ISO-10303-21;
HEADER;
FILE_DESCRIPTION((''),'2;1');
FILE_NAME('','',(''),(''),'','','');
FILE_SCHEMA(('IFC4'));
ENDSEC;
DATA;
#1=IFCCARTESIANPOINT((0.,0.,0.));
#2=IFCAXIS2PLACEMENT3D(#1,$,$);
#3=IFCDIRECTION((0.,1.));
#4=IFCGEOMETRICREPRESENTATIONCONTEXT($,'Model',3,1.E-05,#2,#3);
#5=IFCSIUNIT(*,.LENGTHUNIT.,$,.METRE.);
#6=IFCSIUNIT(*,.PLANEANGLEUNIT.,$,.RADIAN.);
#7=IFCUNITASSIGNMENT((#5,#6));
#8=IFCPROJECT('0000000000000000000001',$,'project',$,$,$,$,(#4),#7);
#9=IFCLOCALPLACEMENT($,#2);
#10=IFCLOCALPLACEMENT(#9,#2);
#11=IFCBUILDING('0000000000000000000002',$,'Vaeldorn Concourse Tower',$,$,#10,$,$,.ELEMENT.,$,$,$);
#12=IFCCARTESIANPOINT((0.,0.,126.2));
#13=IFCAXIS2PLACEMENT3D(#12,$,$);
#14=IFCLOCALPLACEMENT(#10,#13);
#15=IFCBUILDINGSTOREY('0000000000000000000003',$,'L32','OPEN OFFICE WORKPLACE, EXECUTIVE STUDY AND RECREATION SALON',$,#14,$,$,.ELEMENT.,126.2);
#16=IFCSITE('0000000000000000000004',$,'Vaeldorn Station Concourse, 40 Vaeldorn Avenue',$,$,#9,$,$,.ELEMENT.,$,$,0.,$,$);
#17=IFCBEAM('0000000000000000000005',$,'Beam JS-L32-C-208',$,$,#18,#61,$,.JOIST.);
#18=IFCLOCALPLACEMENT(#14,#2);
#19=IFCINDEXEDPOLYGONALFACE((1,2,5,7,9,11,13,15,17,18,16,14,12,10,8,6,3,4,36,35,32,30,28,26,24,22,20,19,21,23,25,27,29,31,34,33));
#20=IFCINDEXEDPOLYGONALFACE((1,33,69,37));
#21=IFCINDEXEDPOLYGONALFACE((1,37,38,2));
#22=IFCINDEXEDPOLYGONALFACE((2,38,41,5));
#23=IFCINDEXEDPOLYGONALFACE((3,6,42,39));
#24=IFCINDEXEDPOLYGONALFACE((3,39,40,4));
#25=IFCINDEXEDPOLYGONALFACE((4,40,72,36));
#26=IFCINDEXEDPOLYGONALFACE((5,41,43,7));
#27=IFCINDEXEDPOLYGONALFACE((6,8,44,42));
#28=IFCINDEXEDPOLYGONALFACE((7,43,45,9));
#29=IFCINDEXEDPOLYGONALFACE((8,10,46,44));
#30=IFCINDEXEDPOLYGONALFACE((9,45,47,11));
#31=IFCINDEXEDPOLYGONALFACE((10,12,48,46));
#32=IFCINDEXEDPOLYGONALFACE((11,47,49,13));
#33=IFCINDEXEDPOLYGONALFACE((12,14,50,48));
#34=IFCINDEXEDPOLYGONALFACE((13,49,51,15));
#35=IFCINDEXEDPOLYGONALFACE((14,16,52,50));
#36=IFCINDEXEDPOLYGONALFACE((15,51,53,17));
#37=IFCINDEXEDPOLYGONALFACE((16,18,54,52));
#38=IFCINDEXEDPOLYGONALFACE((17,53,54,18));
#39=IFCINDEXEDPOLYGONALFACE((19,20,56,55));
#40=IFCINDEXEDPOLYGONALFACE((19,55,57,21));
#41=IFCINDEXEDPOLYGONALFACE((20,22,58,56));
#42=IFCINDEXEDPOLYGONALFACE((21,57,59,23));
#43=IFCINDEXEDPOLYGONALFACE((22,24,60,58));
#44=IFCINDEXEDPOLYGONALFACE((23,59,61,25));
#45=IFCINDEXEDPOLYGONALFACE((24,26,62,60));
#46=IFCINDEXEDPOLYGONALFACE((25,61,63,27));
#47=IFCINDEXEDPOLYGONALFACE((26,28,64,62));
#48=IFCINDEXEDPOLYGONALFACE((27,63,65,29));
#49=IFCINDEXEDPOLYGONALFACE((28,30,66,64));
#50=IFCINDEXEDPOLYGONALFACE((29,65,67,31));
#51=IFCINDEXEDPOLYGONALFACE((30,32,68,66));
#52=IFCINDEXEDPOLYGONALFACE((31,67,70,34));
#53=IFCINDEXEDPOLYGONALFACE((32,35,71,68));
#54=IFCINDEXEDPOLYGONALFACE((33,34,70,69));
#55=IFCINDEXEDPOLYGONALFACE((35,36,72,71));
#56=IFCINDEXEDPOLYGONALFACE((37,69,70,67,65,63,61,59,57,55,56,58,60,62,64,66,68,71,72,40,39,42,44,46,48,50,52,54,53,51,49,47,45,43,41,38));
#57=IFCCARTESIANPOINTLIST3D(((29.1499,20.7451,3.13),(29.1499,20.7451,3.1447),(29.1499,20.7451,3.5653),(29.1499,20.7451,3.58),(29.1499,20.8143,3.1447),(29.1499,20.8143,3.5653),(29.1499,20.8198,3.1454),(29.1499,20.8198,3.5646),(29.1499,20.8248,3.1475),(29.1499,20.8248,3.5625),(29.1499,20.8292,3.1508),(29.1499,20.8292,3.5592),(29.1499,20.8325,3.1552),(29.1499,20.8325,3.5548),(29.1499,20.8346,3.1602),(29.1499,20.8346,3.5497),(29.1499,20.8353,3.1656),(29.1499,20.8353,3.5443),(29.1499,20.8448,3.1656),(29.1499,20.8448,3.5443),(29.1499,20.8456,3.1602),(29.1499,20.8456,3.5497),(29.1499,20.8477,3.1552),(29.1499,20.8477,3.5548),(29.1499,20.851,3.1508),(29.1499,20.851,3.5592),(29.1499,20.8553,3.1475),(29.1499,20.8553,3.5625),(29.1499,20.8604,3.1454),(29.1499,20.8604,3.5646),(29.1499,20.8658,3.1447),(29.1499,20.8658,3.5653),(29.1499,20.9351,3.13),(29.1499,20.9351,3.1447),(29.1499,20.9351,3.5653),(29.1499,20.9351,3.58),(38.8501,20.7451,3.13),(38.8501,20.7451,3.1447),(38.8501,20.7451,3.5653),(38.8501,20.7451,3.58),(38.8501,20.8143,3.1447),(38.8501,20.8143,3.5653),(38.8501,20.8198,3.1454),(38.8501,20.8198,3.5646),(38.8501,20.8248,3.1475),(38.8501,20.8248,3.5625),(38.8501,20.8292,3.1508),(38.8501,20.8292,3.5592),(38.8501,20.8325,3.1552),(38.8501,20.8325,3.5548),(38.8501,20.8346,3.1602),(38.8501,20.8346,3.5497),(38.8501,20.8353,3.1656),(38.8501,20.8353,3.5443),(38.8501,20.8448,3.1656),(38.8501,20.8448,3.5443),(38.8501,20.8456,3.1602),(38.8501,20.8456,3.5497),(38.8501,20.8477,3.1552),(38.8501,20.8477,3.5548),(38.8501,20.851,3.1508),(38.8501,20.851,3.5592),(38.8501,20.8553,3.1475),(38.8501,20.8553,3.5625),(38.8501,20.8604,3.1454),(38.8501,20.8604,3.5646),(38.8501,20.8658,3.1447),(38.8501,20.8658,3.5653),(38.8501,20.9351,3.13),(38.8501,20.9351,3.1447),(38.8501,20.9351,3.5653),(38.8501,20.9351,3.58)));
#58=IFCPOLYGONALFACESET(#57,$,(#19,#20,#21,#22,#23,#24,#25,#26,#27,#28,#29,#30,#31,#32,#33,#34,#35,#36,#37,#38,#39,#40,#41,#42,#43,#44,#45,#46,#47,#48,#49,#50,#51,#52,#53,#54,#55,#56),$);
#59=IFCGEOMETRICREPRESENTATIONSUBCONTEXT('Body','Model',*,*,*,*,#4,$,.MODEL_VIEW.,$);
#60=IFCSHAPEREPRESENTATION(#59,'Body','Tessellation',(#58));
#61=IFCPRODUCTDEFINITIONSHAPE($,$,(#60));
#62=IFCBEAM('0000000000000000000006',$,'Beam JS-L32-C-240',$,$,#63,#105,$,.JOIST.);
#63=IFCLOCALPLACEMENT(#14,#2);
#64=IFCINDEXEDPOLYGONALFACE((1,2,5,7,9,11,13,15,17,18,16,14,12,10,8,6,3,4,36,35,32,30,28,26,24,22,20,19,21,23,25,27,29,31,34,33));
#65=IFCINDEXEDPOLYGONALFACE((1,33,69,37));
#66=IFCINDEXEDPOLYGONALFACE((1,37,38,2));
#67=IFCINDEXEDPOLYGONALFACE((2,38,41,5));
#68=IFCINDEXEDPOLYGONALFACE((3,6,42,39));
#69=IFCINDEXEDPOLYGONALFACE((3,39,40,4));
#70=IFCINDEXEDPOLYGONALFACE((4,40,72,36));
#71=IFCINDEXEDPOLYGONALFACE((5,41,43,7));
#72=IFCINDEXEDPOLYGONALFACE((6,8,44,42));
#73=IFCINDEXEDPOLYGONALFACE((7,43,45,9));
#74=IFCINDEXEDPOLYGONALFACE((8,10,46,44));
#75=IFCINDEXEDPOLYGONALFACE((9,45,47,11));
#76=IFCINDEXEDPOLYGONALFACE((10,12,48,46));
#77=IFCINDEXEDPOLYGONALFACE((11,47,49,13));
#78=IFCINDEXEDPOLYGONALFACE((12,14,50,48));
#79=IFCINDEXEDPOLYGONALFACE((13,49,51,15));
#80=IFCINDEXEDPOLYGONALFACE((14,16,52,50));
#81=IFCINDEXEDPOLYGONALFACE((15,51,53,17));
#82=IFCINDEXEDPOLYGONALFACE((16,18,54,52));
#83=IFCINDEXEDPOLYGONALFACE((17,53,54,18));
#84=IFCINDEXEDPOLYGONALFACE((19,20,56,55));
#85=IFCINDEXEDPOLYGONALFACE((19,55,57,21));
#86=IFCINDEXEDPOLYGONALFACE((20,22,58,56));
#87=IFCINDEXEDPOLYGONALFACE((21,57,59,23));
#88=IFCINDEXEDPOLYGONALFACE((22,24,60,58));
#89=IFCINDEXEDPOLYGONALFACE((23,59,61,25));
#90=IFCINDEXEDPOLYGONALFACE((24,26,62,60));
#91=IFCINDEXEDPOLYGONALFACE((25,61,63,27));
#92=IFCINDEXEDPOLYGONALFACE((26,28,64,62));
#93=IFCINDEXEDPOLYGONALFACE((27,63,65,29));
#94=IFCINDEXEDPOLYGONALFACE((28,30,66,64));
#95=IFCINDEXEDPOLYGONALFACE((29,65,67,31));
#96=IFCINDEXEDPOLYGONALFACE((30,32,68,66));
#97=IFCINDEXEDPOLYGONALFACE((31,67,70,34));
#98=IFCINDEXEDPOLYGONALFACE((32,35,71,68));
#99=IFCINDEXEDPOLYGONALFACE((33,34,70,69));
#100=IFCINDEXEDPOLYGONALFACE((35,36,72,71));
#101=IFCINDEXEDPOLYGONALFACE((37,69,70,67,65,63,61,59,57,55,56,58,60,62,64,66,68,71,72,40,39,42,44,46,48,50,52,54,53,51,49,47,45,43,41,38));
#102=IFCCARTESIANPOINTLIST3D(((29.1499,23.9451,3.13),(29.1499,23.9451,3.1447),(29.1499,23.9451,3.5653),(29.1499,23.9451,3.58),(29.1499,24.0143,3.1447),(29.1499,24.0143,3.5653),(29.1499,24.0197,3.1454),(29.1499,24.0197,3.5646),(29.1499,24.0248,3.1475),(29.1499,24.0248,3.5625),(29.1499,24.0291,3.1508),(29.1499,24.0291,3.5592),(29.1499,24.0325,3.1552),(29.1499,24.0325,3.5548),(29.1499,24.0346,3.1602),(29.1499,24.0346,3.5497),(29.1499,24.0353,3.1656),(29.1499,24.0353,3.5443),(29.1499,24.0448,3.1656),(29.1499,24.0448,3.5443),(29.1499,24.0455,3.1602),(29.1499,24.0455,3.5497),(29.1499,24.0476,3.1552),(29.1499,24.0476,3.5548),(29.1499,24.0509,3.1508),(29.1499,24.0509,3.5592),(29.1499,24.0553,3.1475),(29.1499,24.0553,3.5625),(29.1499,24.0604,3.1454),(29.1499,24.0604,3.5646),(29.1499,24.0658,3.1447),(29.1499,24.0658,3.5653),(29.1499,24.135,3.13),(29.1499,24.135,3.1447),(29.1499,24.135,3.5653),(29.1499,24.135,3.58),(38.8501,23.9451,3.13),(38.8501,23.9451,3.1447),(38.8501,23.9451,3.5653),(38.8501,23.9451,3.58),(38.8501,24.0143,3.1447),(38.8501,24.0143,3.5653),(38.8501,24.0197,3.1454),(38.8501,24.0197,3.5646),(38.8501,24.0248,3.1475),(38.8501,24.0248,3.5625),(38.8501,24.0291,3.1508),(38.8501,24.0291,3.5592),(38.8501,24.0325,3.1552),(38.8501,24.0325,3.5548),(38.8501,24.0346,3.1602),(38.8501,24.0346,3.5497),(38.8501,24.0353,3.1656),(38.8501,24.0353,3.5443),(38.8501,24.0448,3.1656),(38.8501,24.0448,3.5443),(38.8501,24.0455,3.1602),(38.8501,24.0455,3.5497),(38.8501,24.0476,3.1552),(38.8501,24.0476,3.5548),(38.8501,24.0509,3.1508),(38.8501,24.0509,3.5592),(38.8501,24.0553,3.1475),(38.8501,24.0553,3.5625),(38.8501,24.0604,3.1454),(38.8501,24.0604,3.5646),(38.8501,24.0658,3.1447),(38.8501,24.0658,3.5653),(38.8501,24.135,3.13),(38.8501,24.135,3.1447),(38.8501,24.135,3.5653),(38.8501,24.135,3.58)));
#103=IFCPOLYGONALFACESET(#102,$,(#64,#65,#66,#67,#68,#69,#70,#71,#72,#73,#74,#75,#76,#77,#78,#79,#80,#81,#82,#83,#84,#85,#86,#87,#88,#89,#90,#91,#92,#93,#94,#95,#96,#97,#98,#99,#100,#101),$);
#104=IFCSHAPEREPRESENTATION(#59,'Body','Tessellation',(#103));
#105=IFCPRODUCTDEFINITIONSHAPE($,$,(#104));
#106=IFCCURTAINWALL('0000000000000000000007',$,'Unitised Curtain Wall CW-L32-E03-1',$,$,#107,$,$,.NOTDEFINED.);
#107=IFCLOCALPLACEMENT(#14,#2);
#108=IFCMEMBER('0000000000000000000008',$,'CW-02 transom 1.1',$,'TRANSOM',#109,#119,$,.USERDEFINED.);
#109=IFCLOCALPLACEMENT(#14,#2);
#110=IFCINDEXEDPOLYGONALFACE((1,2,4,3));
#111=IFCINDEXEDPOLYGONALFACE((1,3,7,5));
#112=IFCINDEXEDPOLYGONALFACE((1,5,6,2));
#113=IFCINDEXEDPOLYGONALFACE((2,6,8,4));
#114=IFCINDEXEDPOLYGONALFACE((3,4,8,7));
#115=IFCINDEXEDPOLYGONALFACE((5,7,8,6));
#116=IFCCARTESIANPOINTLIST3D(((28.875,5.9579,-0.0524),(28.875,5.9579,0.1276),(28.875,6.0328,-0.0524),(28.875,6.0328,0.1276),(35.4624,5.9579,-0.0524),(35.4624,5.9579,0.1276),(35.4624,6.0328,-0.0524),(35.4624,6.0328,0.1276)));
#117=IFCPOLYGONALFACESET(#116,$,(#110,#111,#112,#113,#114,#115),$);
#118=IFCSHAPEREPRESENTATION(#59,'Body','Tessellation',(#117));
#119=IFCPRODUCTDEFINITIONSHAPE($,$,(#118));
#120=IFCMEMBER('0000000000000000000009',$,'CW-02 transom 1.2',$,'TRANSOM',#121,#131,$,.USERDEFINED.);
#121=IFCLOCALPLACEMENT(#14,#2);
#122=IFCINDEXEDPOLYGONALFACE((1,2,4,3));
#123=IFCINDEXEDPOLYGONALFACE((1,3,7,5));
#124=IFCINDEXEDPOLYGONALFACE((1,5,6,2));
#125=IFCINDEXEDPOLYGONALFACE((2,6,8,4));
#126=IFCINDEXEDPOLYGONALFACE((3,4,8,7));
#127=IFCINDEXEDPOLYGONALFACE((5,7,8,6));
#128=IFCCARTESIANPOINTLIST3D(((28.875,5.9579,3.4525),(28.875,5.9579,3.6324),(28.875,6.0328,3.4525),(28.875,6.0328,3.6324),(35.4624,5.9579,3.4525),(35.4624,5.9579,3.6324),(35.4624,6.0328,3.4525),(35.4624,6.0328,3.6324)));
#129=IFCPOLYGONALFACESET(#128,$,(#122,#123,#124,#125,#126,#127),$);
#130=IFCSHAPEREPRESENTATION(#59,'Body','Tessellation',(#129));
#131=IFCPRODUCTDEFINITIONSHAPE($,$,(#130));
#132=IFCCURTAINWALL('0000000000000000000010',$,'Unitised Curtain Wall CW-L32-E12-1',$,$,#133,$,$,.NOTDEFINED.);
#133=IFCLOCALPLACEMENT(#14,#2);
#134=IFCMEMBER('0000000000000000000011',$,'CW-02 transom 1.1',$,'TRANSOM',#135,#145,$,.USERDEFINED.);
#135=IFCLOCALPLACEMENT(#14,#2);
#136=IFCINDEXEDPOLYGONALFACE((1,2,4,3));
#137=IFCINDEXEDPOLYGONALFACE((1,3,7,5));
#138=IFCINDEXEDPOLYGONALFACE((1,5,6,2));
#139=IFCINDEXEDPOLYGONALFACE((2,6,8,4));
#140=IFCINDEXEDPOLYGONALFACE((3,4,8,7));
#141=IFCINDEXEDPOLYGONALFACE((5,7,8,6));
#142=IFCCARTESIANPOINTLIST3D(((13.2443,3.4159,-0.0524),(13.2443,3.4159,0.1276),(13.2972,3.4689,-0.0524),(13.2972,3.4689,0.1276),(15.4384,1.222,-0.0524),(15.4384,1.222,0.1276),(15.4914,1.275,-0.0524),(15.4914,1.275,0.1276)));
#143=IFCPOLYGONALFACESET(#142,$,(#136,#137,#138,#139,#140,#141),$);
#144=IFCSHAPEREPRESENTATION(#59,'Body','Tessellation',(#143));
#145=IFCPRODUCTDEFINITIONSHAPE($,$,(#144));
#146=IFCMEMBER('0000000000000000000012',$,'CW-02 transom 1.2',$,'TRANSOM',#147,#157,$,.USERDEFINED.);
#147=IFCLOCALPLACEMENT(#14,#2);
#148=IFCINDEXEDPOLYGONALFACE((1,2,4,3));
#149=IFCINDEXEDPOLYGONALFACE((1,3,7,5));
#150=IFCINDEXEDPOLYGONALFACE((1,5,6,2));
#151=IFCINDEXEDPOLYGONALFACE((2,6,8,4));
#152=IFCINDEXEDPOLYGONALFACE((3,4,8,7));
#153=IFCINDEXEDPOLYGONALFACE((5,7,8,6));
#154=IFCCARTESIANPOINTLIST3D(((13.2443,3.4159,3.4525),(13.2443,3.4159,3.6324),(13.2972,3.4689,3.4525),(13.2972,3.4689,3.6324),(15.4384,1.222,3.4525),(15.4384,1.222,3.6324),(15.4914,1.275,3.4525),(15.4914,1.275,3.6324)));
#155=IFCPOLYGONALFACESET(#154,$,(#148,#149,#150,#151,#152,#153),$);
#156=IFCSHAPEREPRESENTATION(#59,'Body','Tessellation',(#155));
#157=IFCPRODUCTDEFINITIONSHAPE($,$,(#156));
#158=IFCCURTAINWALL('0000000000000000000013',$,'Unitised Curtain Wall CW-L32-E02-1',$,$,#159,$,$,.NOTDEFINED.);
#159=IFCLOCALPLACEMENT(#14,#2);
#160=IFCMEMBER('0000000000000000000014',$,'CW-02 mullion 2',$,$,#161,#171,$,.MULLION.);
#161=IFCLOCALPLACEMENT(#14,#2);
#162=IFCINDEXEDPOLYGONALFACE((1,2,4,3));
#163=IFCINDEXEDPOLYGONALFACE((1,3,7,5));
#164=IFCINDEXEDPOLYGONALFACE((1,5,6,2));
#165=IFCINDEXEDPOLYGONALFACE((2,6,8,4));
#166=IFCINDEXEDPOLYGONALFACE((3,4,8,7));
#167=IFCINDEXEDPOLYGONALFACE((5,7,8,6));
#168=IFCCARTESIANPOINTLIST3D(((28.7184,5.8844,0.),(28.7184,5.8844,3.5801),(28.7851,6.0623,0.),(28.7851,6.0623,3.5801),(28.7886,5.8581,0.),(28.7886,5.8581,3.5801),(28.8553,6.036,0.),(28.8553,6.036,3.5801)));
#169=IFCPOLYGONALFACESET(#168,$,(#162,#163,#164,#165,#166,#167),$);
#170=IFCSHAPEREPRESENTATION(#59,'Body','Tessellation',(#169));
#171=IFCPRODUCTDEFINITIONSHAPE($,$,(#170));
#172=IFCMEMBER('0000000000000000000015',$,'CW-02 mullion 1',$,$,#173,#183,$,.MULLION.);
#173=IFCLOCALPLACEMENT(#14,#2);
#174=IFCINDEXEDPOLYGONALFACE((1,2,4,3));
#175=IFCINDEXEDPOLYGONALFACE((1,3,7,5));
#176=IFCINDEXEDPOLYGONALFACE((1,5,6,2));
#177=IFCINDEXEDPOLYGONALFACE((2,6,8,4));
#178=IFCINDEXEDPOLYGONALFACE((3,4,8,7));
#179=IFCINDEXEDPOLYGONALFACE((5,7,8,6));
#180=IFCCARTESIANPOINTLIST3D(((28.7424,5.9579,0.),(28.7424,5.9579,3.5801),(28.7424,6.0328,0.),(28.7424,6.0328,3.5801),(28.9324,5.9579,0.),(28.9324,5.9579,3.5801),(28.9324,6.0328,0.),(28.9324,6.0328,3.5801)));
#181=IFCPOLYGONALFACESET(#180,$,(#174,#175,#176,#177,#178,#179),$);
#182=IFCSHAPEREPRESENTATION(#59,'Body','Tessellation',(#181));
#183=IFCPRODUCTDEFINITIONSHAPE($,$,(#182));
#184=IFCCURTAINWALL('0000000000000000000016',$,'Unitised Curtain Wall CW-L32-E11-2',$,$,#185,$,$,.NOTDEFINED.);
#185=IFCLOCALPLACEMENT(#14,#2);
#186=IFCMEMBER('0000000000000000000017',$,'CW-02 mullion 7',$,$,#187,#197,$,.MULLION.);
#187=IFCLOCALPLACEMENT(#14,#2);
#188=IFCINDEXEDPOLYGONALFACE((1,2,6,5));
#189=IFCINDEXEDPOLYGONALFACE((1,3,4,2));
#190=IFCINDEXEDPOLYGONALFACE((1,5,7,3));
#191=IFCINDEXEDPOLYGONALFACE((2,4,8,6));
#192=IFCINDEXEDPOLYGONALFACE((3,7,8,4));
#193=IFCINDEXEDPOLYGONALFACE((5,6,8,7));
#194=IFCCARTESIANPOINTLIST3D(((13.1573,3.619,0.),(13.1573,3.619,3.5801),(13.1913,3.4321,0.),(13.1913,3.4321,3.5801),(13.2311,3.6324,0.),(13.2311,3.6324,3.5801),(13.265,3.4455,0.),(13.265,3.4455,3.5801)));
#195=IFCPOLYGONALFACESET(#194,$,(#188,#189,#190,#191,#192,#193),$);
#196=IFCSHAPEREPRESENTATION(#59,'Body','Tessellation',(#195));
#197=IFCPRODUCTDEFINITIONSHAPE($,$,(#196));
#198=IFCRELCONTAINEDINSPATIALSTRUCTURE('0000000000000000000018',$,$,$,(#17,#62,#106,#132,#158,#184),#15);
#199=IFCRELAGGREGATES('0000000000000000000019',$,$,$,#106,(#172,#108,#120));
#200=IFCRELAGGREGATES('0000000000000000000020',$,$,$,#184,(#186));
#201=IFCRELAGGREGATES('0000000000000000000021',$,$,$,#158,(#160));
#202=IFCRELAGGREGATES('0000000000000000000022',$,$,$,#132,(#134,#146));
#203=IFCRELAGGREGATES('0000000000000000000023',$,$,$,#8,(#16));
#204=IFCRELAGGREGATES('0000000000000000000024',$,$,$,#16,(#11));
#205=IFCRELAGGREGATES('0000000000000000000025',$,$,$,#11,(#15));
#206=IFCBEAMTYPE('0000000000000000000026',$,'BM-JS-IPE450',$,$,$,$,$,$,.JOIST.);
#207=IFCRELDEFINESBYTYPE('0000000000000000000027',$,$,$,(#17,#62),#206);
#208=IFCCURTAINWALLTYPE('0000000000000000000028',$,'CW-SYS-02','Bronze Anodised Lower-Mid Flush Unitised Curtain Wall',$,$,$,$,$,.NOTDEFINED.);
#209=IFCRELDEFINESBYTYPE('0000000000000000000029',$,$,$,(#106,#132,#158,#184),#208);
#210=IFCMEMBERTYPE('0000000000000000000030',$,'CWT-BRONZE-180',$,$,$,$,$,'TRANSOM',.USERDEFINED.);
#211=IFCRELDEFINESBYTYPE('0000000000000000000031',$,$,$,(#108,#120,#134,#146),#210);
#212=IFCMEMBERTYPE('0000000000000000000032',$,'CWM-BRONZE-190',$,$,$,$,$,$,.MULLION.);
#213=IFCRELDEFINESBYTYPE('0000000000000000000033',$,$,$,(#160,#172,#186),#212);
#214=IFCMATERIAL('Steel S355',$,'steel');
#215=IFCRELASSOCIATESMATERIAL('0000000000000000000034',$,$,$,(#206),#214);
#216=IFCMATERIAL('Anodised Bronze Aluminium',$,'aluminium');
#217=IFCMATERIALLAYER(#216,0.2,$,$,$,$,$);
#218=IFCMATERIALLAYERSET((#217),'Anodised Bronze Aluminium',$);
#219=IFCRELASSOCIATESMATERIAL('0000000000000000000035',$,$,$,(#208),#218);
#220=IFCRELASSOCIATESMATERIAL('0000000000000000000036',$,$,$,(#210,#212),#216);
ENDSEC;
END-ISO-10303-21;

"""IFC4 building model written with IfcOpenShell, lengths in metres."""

from ifc_helpers import new_model, si_unit, direction, frame, origin, origin_2d, place, context, subcontext, project, spatial, rectangle, i_section, extrude, source, transform, mapped, material, layer, layer_set, material_profile, profile_set, type_object, element, aggregate, save


model = new_model("IFC4")

# Units and contexts
model_context = context("Model", 3, precision=1e-05, world=origin(), true_north=direction((0.0, 1.0)))
body_context = subcontext(model_context, "Body", "Model", "MODEL_VIEW")
ifc_project = project(units=[si_unit("LENGTHUNIT", "METRE"), si_unit("PLANEANGLEUNIT", "RADIAN")], contexts=[model_context])

# Site, building, storey
site_placement = place(None, origin())
site = spatial("IfcSite", under=ifc_project, at=site_placement, Name="Vaeldorn Station Concourse, 40 Vaeldorn Avenue", CompositionType="ELEMENT", RefElevation=0.0)
building_placement = place(site_placement, origin())
building = spatial("IfcBuilding", under=site, at=building_placement, Name="Vaeldorn Concourse Tower", CompositionType="ELEMENT")
storey_placement = place(building_placement, frame((0.0, 0.0, 126.2)))
storey = spatial("IfcBuildingStorey", under=building, at=storey_placement, Name="L32", Description="OPEN OFFICE WORKPLACE, EXECUTIVE STUDY AND RECREATION SALON", CompositionType="ELEMENT", Elevation=126.2)

# Beams
ifc_material_1 = material(Name="Steel S355", Category="steel")
ifc_material_profile_1 = material_profile(ifc_material_1, i_section(OverallWidth=0.1899, OverallDepth=0.45, WebThickness=0.0095, FlangeThickness=0.0146, FilletRadius=0.021, at=origin_2d()), Name="IPE 450")
ifc_profile_set_1 = profile_set([ifc_material_profile_1], Name="Steel S355")
beam_type_1 = type_object("IfcBeamType", Name="BM-JS-IPE450", PredefinedType="JOIST", material=ifc_profile_set_1)
shared_shape_1 = source(origin(), body_context, "Body", "SweptSolid", [
    extrude(i_section(OverallWidth=0.1899, OverallDepth=0.45, WebThickness=0.0095, FlangeThickness=0.0146, FilletRadius=0.021, at=origin_2d()), origin(), (0.0, 0.0, 1.0), 9.7002),
])
for number, where, z_axis, x_axis, name in (
    (1, (29.1499, 20.8401, 3.355), (1.0, 0.0, 0.0), (0.0, 1.0, 0.0), "Beam JS-L32-C-208"),
    (2, (29.1499, 24.04, 3.355), (1.0, 0.0, 0.0), (0.0, 1.0, 0.0), "Beam JS-L32-C-240"),
):
    element("IfcBeam", number, at=place(storey_placement, frame(where, z_axis=z_axis, x_axis=x_axis)), inside=storey, type_object=beam_type_1, Name=name, PredefinedType="JOIST", context=body_context, shape_type="MappedRepresentation", body=[
        mapped(shared_shape_1, transform((0.0, 0.0, 0.0), scale=1.0)),
    ])

# Curtain walls, members
ifc_material_2 = material(Name="Anodised Bronze Aluminium", Category="aluminium")
ifc_layer_1 = layer(ifc_material_2, 0.2)
ifc_layer_set_1 = layer_set([ifc_layer_1], Name="Anodised Bronze Aluminium")
curtain_wall_type = type_object("IfcCurtainWallType", Name="CW-SYS-02", Description="Bronze Anodised Lower-Mid Flush Unitised Curtain Wall", PredefinedType="NOTDEFINED", material=ifc_layer_set_1)
curtain_wall_1_placement = place(storey_placement, origin())
curtain_wall_1 = element("IfcCurtainWall", 3, at=curtain_wall_1_placement, inside=storey, type_object=curtain_wall_type, Name="Unitised Curtain Wall CW-L32-E03-1", PredefinedType="NOTDEFINED")
ifc_material_profile_2 = material_profile(ifc_material_2, rectangle(XDim=0.075, YDim=0.1799, at=origin_2d()), Name="CWT 75x180")
ifc_profile_set_2 = profile_set([ifc_material_profile_2], Name="Anodised Bronze Aluminium")
member_type_1 = type_object("IfcMemberType", Name="CWT-BRONZE-180", ElementType="TRANSOM", PredefinedType="USERDEFINED", material=ifc_profile_set_2)
shared_shape_2 = source(origin(), body_context, "Body", "SweptSolid", [
    extrude(rectangle(XDim=0.075, YDim=0.1799, at=origin_2d()), origin(), (0.0, 0.0, 1.0), 6.5874),
])
member_1_placement = place(storey_placement, frame((28.875, 5.9954, 0.0376), z_axis=(1.0, 0.0, 0.0), x_axis=(0.0, 1.0, 0.0)))
member_1 = element("IfcMember", 4, at=member_1_placement, type_object=member_type_1, Name="CW-02 transom 1.1", ObjectType="TRANSOM", PredefinedType="USERDEFINED", context=body_context, shape_type="MappedRepresentation", body=[
    mapped(shared_shape_2, transform((0.0, 0.0, 0.0), scale=1.0)),
])
member_2_placement = place(storey_placement, frame((28.875, 5.9954, 3.5425), z_axis=(1.0, 0.0, 0.0), x_axis=(0.0, 1.0, 0.0)))
member_2 = element("IfcMember", 5, at=member_2_placement, type_object=member_type_1, Name="CW-02 transom 1.2", ObjectType="TRANSOM", PredefinedType="USERDEFINED", context=body_context, shape_type="MappedRepresentation", body=[
    mapped(shared_shape_2, transform((0.0, 0.0, 0.0), scale=1.0)),
])
curtain_wall_2_placement = place(storey_placement, origin())
curtain_wall_2 = element("IfcCurtainWall", 6, at=curtain_wall_2_placement, inside=storey, type_object=curtain_wall_type, Name="Unitised Curtain Wall CW-L32-E12-1", PredefinedType="NOTDEFINED")
shared_shape_3 = source(origin(), body_context, "Body", "SweptSolid", [
    extrude(rectangle(XDim=0.075, YDim=0.1799, at=origin_2d()), origin(), (0.0, 0.0, 1.0), 3.1028),
])
member_3_placement = place(storey_placement, frame((13.2708, 3.4424, 0.0376), z_axis=(0.707146, -0.707067, 0.0), x_axis=(0.707067, 0.707146, 0.0)))
member_3 = element("IfcMember", 7, at=member_3_placement, type_object=member_type_1, Name="CW-02 transom 1.1", ObjectType="TRANSOM", PredefinedType="USERDEFINED", context=body_context, shape_type="MappedRepresentation", body=[
    mapped(shared_shape_3, transform((0.0, 0.0, 0.0), scale=1.0)),
])
member_4_placement = place(storey_placement, frame((13.2708, 3.4424, 3.5425), z_axis=(0.707146, -0.707067, 0.0), x_axis=(0.707067, 0.707146, 0.0)))
member_4 = element("IfcMember", 8, at=member_4_placement, type_object=member_type_1, Name="CW-02 transom 1.2", ObjectType="TRANSOM", PredefinedType="USERDEFINED", context=body_context, shape_type="MappedRepresentation", body=[
    mapped(shared_shape_3, transform((0.0, 0.0, 0.0), scale=1.0)),
])

# Curtain wall, member
curtain_wall_3_placement = place(storey_placement, origin())
curtain_wall_3 = element("IfcCurtainWall", 9, at=curtain_wall_3_placement, inside=storey, type_object=curtain_wall_type, Name="Unitised Curtain Wall CW-L32-E02-1", PredefinedType="NOTDEFINED")
ifc_material_profile_3 = material_profile(ifc_material_2, rectangle(XDim=0.075, YDim=0.1899, at=origin_2d()), Name="CWM 75x190")
ifc_profile_set_3 = profile_set([ifc_material_profile_3], Name="Anodised Bronze Aluminium")
member_type_2 = type_object("IfcMemberType", Name="CWM-BRONZE-190", PredefinedType="MULLION", material=ifc_profile_set_3)
shared_shape_4 = source(origin(), body_context, "Body", "SweptSolid", [
    extrude(rectangle(XDim=0.075, YDim=0.1899, at=origin_2d()), origin(), (0.0, 0.0, 1.0), 3.5801),
])
member_5_placement = place(storey_placement, frame((28.7869, 5.9602, 0.0), z_axis=(0.0, 0.0, 1.0), x_axis=(-0.936329, 0.351123, 0.0)))
member_5 = element("IfcMember", 10, at=member_5_placement, type_object=member_type_2, Name="CW-02 mullion 2", PredefinedType="MULLION", context=body_context, shape_type="MappedRepresentation", body=[
    mapped(shared_shape_4, transform((0.0, 0.0, 0.0), scale=1.0)),
])

# Member
member_6_placement = place(storey_placement, frame((28.8374, 5.9954, 0.0), z_axis=(0.0, 0.0, 1.0), x_axis=(0.0, 1.0, 0.0)))
member_6 = element("IfcMember", 11, at=member_6_placement, type_object=member_type_2, Name="CW-02 mullion 1", PredefinedType="MULLION", context=body_context, shape_type="MappedRepresentation", body=[
    mapped(shared_shape_4, transform((0.0, 0.0, 0.0), scale=1.0)),
])
aggregate(curtain_wall_1, [member_6, member_1, member_2])

# Curtain wall, member
curtain_wall_4_placement = place(storey_placement, origin())
curtain_wall_4 = element("IfcCurtainWall", 12, at=curtain_wall_4_placement, inside=storey, type_object=curtain_wall_type, Name="Unitised Curtain Wall CW-L32-E11-2", PredefinedType="NOTDEFINED")
member_7_placement = place(storey_placement, frame((13.2112, 3.5322, 0.0), z_axis=(0.0, 0.0, 1.0), x_axis=(0.983874, 0.17886, 0.0)))
member_7 = element("IfcMember", 13, at=member_7_placement, type_object=member_type_2, Name="CW-02 mullion 7", PredefinedType="MULLION", context=body_context, shape_type="MappedRepresentation", body=[
    mapped(shared_shape_4, transform((0.0, 0.0, 0.0), scale=1.0)),
])
aggregate(curtain_wall_4, [member_7])

aggregate(curtain_wall_3, [member_5])
aggregate(curtain_wall_2, [member_3, member_4])

save(model, "model.ifc")
